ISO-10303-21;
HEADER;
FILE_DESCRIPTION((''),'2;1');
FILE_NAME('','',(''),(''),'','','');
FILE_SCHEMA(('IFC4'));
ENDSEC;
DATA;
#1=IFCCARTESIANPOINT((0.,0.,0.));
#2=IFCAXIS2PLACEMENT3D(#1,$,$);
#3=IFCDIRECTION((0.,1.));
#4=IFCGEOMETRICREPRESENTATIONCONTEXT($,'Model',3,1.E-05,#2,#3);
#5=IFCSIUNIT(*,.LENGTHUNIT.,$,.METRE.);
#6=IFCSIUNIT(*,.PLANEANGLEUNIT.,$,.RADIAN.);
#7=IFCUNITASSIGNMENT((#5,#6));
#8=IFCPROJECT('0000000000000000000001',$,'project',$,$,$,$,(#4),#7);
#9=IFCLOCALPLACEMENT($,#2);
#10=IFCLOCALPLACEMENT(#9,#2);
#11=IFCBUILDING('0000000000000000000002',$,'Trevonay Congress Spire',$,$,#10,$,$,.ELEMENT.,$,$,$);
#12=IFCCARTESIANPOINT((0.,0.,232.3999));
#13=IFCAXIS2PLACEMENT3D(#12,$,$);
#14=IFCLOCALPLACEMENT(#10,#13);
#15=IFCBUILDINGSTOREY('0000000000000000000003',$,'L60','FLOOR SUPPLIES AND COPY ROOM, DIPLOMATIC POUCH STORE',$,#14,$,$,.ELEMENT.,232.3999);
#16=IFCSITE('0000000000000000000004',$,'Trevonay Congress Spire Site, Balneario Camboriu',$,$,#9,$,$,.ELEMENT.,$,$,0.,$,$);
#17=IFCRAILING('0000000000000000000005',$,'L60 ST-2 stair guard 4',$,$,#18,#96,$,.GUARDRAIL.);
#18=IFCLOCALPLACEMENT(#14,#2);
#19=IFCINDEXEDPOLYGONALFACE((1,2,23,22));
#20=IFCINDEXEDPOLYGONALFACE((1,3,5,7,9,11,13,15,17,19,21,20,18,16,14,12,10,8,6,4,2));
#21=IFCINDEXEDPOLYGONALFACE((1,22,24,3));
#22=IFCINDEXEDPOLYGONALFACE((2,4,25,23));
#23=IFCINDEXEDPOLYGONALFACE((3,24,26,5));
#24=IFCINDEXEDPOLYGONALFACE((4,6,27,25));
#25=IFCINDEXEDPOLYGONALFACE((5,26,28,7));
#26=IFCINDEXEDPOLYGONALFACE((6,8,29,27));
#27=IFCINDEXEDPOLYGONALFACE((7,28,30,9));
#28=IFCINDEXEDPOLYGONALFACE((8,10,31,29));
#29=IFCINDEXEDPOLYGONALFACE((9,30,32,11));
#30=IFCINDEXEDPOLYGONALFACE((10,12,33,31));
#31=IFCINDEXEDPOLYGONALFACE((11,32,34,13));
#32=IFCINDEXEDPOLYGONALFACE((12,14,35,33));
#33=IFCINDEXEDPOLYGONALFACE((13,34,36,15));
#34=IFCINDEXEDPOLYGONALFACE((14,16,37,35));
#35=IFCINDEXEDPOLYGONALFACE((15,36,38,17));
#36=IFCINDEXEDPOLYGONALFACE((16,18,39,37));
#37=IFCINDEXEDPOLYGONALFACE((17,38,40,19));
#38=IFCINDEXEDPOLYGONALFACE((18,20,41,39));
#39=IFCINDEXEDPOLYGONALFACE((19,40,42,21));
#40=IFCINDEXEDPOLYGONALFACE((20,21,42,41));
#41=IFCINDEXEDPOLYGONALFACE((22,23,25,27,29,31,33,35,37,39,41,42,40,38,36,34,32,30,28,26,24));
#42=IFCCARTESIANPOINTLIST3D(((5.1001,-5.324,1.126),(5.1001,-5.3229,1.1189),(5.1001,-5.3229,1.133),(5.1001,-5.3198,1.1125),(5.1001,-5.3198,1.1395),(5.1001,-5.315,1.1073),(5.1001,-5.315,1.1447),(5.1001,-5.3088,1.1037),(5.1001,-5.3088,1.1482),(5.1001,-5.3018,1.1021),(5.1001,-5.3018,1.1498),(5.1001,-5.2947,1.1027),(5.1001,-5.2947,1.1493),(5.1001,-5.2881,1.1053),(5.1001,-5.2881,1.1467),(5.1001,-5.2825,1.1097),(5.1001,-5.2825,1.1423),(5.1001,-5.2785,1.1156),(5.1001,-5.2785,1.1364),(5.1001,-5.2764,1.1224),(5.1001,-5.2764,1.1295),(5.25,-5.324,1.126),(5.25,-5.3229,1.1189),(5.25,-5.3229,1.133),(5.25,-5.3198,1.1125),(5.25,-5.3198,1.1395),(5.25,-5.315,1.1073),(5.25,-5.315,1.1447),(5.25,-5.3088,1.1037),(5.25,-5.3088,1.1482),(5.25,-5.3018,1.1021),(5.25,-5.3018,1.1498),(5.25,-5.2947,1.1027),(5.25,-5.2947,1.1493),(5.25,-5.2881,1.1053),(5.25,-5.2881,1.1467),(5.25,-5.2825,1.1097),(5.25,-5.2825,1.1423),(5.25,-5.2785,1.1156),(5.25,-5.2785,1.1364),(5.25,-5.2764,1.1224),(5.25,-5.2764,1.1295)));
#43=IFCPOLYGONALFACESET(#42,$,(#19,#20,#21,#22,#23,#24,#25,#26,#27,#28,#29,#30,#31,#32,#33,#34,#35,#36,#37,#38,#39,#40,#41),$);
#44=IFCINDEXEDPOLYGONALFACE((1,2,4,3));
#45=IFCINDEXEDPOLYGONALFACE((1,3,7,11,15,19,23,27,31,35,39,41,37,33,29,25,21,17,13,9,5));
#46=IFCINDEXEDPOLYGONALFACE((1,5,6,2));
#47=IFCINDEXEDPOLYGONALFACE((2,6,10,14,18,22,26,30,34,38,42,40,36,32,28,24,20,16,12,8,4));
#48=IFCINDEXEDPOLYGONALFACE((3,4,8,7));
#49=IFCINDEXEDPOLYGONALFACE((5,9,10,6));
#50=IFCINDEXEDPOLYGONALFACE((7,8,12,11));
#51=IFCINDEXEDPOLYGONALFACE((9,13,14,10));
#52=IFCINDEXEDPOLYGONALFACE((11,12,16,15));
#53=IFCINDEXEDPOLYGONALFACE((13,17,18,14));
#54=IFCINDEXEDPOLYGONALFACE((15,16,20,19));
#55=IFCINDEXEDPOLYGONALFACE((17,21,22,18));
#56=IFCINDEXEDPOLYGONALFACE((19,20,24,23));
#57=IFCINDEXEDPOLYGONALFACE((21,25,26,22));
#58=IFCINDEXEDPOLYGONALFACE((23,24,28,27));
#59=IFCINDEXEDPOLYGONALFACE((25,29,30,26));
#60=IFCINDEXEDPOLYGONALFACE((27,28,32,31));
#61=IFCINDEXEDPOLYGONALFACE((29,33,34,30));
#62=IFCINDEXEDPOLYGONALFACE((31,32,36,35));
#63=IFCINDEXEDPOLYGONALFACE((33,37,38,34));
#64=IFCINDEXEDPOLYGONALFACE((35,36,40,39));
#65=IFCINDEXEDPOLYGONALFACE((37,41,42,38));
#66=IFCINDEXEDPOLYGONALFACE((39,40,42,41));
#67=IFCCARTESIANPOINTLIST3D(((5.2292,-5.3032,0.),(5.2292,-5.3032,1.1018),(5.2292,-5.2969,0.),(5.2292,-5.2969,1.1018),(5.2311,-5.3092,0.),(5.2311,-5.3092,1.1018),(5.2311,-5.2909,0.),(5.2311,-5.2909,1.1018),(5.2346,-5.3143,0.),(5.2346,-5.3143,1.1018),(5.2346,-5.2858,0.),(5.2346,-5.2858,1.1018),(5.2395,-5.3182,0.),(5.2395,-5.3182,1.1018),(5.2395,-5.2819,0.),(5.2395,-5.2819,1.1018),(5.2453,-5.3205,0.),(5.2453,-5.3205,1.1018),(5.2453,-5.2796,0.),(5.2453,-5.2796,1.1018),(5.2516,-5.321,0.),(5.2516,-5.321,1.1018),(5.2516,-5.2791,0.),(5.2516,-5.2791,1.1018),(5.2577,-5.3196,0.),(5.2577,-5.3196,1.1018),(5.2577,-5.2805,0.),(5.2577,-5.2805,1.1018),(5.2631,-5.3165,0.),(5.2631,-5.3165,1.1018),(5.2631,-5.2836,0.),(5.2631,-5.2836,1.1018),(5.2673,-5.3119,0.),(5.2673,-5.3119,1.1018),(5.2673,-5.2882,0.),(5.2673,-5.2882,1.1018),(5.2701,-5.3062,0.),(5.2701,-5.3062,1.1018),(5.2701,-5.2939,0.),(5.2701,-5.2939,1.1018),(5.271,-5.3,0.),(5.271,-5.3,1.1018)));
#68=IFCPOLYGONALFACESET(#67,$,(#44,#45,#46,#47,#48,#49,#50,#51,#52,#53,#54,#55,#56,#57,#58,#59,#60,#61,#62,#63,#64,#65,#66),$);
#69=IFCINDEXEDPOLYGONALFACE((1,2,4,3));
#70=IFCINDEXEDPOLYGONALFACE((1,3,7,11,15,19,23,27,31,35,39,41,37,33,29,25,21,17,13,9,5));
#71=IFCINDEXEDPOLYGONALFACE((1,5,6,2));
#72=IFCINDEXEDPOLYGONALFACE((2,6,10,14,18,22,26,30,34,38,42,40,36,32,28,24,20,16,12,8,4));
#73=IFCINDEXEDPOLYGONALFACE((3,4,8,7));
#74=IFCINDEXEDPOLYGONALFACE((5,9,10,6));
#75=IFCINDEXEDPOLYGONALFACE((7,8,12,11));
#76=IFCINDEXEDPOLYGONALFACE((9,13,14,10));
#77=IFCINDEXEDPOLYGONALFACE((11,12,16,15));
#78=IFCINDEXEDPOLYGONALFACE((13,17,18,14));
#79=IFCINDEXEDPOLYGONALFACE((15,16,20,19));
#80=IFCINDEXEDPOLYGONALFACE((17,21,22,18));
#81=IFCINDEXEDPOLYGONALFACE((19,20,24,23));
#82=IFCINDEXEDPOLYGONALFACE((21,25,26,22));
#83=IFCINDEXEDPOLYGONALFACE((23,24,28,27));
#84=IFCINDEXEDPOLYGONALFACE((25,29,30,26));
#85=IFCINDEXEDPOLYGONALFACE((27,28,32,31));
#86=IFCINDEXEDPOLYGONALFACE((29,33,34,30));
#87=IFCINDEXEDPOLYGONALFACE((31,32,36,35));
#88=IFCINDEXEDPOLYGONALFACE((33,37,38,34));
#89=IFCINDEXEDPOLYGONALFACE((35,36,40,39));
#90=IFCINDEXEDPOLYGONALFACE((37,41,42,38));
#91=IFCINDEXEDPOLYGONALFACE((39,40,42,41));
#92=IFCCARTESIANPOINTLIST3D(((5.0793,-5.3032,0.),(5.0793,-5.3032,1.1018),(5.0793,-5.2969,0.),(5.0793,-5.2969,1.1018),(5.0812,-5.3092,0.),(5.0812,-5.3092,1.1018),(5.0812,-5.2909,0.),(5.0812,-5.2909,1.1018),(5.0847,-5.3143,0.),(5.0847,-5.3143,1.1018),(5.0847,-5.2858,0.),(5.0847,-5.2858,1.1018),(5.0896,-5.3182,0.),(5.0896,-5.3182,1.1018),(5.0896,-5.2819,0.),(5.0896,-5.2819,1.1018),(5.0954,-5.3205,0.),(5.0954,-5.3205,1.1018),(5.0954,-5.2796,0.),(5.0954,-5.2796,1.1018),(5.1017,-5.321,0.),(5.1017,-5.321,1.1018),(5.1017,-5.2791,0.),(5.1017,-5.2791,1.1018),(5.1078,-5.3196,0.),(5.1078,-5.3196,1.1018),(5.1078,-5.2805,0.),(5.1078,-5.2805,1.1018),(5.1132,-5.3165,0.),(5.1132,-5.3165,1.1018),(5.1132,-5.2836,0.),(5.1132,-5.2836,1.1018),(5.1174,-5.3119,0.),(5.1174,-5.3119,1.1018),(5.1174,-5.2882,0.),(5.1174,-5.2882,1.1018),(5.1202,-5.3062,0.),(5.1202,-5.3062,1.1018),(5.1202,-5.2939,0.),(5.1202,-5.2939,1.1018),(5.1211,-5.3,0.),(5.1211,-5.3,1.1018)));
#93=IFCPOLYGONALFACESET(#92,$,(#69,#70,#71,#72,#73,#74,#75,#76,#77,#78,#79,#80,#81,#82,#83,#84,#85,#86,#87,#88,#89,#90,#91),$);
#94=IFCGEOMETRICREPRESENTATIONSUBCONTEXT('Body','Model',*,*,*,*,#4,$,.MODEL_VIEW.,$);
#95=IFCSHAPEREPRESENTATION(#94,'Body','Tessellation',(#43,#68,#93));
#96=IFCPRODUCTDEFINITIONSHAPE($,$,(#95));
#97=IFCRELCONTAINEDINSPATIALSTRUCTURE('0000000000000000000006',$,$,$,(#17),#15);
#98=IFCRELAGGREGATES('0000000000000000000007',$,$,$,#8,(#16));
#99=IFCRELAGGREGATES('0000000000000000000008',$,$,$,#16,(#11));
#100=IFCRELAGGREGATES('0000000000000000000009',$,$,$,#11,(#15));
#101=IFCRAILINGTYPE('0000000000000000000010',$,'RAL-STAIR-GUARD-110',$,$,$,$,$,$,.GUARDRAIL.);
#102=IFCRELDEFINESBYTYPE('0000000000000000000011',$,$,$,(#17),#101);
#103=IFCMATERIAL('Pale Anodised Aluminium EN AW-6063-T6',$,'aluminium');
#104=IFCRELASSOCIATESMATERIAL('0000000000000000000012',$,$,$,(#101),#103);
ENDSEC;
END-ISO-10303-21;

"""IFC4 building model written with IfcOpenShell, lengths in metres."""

from ifc_helpers import new_model, si_unit, direction, frame, origin, origin_2d, place, context, subcontext, project, spatial, circle, extrude, material, type_object, element, save


model = new_model("IFC4")

# Units and contexts
model_context = context("Model", 3, precision=1e-05, world=origin(), true_north=direction((0.0, 1.0)))
body_context = subcontext(model_context, "Body", "Model", "MODEL_VIEW")
ifc_project = project(units=[si_unit("LENGTHUNIT", "METRE"), si_unit("PLANEANGLEUNIT", "RADIAN")], contexts=[model_context])

# Site, building, storey
site_placement = place(None, origin())
site = spatial("IfcSite", under=ifc_project, at=site_placement, Name="Trevonay Congress Spire Site, Balneario Camboriu", CompositionType="ELEMENT", RefElevation=0.0)
building_placement = place(site_placement, origin())
building = spatial("IfcBuilding", under=site, at=building_placement, Name="Trevonay Congress Spire", CompositionType="ELEMENT")
storey_placement = place(building_placement, frame((0.0, 0.0, 232.3999)))
storey = spatial("IfcBuildingStorey", under=building, at=storey_placement, Name="L60", Description="FLOOR SUPPLIES AND COPY ROOM, DIPLOMATIC POUCH STORE", CompositionType="ELEMENT", Elevation=232.3999)

# Shared definitions
ifc_material_1 = material(Name="Pale Anodised Aluminium EN AW-6063-T6", Category="aluminium")

# Railing
railing_type_1 = type_object("IfcRailingType", Name="RAL-STAIR-GUARD-110", PredefinedType="GUARDRAIL", material=ifc_material_1)
railing_1_placement = place(storey_placement, frame((5.25, -5.3, 0.0)))
element("IfcRailing", 1, at=railing_1_placement, inside=storey, type_object=railing_type_1, Name="L60 ST-2 stair guard 4", PredefinedType="GUARDRAIL", context=body_context, shape_type="SweptSolid", body=[
    extrude(circle(Radius=0.0239, at=origin_2d()), frame((0.0, 0.0, 1.126), z_axis=(-1.0, 0.0, 0.0), x_axis=(0.0, -1.0, 0.0)), (0.0, 0.0, 1.0), 0.1499),
    extrude(circle(Radius=0.021, at=origin_2d()), origin(), (0.0, 0.0, 1.0), 1.1018),
    extrude(circle(Radius=0.021, at=origin_2d()), frame((-0.1499, 0.0, 0.0)), (0.0, 0.0, 1.0), 1.1018),
])

save(model, "model.ifc")
